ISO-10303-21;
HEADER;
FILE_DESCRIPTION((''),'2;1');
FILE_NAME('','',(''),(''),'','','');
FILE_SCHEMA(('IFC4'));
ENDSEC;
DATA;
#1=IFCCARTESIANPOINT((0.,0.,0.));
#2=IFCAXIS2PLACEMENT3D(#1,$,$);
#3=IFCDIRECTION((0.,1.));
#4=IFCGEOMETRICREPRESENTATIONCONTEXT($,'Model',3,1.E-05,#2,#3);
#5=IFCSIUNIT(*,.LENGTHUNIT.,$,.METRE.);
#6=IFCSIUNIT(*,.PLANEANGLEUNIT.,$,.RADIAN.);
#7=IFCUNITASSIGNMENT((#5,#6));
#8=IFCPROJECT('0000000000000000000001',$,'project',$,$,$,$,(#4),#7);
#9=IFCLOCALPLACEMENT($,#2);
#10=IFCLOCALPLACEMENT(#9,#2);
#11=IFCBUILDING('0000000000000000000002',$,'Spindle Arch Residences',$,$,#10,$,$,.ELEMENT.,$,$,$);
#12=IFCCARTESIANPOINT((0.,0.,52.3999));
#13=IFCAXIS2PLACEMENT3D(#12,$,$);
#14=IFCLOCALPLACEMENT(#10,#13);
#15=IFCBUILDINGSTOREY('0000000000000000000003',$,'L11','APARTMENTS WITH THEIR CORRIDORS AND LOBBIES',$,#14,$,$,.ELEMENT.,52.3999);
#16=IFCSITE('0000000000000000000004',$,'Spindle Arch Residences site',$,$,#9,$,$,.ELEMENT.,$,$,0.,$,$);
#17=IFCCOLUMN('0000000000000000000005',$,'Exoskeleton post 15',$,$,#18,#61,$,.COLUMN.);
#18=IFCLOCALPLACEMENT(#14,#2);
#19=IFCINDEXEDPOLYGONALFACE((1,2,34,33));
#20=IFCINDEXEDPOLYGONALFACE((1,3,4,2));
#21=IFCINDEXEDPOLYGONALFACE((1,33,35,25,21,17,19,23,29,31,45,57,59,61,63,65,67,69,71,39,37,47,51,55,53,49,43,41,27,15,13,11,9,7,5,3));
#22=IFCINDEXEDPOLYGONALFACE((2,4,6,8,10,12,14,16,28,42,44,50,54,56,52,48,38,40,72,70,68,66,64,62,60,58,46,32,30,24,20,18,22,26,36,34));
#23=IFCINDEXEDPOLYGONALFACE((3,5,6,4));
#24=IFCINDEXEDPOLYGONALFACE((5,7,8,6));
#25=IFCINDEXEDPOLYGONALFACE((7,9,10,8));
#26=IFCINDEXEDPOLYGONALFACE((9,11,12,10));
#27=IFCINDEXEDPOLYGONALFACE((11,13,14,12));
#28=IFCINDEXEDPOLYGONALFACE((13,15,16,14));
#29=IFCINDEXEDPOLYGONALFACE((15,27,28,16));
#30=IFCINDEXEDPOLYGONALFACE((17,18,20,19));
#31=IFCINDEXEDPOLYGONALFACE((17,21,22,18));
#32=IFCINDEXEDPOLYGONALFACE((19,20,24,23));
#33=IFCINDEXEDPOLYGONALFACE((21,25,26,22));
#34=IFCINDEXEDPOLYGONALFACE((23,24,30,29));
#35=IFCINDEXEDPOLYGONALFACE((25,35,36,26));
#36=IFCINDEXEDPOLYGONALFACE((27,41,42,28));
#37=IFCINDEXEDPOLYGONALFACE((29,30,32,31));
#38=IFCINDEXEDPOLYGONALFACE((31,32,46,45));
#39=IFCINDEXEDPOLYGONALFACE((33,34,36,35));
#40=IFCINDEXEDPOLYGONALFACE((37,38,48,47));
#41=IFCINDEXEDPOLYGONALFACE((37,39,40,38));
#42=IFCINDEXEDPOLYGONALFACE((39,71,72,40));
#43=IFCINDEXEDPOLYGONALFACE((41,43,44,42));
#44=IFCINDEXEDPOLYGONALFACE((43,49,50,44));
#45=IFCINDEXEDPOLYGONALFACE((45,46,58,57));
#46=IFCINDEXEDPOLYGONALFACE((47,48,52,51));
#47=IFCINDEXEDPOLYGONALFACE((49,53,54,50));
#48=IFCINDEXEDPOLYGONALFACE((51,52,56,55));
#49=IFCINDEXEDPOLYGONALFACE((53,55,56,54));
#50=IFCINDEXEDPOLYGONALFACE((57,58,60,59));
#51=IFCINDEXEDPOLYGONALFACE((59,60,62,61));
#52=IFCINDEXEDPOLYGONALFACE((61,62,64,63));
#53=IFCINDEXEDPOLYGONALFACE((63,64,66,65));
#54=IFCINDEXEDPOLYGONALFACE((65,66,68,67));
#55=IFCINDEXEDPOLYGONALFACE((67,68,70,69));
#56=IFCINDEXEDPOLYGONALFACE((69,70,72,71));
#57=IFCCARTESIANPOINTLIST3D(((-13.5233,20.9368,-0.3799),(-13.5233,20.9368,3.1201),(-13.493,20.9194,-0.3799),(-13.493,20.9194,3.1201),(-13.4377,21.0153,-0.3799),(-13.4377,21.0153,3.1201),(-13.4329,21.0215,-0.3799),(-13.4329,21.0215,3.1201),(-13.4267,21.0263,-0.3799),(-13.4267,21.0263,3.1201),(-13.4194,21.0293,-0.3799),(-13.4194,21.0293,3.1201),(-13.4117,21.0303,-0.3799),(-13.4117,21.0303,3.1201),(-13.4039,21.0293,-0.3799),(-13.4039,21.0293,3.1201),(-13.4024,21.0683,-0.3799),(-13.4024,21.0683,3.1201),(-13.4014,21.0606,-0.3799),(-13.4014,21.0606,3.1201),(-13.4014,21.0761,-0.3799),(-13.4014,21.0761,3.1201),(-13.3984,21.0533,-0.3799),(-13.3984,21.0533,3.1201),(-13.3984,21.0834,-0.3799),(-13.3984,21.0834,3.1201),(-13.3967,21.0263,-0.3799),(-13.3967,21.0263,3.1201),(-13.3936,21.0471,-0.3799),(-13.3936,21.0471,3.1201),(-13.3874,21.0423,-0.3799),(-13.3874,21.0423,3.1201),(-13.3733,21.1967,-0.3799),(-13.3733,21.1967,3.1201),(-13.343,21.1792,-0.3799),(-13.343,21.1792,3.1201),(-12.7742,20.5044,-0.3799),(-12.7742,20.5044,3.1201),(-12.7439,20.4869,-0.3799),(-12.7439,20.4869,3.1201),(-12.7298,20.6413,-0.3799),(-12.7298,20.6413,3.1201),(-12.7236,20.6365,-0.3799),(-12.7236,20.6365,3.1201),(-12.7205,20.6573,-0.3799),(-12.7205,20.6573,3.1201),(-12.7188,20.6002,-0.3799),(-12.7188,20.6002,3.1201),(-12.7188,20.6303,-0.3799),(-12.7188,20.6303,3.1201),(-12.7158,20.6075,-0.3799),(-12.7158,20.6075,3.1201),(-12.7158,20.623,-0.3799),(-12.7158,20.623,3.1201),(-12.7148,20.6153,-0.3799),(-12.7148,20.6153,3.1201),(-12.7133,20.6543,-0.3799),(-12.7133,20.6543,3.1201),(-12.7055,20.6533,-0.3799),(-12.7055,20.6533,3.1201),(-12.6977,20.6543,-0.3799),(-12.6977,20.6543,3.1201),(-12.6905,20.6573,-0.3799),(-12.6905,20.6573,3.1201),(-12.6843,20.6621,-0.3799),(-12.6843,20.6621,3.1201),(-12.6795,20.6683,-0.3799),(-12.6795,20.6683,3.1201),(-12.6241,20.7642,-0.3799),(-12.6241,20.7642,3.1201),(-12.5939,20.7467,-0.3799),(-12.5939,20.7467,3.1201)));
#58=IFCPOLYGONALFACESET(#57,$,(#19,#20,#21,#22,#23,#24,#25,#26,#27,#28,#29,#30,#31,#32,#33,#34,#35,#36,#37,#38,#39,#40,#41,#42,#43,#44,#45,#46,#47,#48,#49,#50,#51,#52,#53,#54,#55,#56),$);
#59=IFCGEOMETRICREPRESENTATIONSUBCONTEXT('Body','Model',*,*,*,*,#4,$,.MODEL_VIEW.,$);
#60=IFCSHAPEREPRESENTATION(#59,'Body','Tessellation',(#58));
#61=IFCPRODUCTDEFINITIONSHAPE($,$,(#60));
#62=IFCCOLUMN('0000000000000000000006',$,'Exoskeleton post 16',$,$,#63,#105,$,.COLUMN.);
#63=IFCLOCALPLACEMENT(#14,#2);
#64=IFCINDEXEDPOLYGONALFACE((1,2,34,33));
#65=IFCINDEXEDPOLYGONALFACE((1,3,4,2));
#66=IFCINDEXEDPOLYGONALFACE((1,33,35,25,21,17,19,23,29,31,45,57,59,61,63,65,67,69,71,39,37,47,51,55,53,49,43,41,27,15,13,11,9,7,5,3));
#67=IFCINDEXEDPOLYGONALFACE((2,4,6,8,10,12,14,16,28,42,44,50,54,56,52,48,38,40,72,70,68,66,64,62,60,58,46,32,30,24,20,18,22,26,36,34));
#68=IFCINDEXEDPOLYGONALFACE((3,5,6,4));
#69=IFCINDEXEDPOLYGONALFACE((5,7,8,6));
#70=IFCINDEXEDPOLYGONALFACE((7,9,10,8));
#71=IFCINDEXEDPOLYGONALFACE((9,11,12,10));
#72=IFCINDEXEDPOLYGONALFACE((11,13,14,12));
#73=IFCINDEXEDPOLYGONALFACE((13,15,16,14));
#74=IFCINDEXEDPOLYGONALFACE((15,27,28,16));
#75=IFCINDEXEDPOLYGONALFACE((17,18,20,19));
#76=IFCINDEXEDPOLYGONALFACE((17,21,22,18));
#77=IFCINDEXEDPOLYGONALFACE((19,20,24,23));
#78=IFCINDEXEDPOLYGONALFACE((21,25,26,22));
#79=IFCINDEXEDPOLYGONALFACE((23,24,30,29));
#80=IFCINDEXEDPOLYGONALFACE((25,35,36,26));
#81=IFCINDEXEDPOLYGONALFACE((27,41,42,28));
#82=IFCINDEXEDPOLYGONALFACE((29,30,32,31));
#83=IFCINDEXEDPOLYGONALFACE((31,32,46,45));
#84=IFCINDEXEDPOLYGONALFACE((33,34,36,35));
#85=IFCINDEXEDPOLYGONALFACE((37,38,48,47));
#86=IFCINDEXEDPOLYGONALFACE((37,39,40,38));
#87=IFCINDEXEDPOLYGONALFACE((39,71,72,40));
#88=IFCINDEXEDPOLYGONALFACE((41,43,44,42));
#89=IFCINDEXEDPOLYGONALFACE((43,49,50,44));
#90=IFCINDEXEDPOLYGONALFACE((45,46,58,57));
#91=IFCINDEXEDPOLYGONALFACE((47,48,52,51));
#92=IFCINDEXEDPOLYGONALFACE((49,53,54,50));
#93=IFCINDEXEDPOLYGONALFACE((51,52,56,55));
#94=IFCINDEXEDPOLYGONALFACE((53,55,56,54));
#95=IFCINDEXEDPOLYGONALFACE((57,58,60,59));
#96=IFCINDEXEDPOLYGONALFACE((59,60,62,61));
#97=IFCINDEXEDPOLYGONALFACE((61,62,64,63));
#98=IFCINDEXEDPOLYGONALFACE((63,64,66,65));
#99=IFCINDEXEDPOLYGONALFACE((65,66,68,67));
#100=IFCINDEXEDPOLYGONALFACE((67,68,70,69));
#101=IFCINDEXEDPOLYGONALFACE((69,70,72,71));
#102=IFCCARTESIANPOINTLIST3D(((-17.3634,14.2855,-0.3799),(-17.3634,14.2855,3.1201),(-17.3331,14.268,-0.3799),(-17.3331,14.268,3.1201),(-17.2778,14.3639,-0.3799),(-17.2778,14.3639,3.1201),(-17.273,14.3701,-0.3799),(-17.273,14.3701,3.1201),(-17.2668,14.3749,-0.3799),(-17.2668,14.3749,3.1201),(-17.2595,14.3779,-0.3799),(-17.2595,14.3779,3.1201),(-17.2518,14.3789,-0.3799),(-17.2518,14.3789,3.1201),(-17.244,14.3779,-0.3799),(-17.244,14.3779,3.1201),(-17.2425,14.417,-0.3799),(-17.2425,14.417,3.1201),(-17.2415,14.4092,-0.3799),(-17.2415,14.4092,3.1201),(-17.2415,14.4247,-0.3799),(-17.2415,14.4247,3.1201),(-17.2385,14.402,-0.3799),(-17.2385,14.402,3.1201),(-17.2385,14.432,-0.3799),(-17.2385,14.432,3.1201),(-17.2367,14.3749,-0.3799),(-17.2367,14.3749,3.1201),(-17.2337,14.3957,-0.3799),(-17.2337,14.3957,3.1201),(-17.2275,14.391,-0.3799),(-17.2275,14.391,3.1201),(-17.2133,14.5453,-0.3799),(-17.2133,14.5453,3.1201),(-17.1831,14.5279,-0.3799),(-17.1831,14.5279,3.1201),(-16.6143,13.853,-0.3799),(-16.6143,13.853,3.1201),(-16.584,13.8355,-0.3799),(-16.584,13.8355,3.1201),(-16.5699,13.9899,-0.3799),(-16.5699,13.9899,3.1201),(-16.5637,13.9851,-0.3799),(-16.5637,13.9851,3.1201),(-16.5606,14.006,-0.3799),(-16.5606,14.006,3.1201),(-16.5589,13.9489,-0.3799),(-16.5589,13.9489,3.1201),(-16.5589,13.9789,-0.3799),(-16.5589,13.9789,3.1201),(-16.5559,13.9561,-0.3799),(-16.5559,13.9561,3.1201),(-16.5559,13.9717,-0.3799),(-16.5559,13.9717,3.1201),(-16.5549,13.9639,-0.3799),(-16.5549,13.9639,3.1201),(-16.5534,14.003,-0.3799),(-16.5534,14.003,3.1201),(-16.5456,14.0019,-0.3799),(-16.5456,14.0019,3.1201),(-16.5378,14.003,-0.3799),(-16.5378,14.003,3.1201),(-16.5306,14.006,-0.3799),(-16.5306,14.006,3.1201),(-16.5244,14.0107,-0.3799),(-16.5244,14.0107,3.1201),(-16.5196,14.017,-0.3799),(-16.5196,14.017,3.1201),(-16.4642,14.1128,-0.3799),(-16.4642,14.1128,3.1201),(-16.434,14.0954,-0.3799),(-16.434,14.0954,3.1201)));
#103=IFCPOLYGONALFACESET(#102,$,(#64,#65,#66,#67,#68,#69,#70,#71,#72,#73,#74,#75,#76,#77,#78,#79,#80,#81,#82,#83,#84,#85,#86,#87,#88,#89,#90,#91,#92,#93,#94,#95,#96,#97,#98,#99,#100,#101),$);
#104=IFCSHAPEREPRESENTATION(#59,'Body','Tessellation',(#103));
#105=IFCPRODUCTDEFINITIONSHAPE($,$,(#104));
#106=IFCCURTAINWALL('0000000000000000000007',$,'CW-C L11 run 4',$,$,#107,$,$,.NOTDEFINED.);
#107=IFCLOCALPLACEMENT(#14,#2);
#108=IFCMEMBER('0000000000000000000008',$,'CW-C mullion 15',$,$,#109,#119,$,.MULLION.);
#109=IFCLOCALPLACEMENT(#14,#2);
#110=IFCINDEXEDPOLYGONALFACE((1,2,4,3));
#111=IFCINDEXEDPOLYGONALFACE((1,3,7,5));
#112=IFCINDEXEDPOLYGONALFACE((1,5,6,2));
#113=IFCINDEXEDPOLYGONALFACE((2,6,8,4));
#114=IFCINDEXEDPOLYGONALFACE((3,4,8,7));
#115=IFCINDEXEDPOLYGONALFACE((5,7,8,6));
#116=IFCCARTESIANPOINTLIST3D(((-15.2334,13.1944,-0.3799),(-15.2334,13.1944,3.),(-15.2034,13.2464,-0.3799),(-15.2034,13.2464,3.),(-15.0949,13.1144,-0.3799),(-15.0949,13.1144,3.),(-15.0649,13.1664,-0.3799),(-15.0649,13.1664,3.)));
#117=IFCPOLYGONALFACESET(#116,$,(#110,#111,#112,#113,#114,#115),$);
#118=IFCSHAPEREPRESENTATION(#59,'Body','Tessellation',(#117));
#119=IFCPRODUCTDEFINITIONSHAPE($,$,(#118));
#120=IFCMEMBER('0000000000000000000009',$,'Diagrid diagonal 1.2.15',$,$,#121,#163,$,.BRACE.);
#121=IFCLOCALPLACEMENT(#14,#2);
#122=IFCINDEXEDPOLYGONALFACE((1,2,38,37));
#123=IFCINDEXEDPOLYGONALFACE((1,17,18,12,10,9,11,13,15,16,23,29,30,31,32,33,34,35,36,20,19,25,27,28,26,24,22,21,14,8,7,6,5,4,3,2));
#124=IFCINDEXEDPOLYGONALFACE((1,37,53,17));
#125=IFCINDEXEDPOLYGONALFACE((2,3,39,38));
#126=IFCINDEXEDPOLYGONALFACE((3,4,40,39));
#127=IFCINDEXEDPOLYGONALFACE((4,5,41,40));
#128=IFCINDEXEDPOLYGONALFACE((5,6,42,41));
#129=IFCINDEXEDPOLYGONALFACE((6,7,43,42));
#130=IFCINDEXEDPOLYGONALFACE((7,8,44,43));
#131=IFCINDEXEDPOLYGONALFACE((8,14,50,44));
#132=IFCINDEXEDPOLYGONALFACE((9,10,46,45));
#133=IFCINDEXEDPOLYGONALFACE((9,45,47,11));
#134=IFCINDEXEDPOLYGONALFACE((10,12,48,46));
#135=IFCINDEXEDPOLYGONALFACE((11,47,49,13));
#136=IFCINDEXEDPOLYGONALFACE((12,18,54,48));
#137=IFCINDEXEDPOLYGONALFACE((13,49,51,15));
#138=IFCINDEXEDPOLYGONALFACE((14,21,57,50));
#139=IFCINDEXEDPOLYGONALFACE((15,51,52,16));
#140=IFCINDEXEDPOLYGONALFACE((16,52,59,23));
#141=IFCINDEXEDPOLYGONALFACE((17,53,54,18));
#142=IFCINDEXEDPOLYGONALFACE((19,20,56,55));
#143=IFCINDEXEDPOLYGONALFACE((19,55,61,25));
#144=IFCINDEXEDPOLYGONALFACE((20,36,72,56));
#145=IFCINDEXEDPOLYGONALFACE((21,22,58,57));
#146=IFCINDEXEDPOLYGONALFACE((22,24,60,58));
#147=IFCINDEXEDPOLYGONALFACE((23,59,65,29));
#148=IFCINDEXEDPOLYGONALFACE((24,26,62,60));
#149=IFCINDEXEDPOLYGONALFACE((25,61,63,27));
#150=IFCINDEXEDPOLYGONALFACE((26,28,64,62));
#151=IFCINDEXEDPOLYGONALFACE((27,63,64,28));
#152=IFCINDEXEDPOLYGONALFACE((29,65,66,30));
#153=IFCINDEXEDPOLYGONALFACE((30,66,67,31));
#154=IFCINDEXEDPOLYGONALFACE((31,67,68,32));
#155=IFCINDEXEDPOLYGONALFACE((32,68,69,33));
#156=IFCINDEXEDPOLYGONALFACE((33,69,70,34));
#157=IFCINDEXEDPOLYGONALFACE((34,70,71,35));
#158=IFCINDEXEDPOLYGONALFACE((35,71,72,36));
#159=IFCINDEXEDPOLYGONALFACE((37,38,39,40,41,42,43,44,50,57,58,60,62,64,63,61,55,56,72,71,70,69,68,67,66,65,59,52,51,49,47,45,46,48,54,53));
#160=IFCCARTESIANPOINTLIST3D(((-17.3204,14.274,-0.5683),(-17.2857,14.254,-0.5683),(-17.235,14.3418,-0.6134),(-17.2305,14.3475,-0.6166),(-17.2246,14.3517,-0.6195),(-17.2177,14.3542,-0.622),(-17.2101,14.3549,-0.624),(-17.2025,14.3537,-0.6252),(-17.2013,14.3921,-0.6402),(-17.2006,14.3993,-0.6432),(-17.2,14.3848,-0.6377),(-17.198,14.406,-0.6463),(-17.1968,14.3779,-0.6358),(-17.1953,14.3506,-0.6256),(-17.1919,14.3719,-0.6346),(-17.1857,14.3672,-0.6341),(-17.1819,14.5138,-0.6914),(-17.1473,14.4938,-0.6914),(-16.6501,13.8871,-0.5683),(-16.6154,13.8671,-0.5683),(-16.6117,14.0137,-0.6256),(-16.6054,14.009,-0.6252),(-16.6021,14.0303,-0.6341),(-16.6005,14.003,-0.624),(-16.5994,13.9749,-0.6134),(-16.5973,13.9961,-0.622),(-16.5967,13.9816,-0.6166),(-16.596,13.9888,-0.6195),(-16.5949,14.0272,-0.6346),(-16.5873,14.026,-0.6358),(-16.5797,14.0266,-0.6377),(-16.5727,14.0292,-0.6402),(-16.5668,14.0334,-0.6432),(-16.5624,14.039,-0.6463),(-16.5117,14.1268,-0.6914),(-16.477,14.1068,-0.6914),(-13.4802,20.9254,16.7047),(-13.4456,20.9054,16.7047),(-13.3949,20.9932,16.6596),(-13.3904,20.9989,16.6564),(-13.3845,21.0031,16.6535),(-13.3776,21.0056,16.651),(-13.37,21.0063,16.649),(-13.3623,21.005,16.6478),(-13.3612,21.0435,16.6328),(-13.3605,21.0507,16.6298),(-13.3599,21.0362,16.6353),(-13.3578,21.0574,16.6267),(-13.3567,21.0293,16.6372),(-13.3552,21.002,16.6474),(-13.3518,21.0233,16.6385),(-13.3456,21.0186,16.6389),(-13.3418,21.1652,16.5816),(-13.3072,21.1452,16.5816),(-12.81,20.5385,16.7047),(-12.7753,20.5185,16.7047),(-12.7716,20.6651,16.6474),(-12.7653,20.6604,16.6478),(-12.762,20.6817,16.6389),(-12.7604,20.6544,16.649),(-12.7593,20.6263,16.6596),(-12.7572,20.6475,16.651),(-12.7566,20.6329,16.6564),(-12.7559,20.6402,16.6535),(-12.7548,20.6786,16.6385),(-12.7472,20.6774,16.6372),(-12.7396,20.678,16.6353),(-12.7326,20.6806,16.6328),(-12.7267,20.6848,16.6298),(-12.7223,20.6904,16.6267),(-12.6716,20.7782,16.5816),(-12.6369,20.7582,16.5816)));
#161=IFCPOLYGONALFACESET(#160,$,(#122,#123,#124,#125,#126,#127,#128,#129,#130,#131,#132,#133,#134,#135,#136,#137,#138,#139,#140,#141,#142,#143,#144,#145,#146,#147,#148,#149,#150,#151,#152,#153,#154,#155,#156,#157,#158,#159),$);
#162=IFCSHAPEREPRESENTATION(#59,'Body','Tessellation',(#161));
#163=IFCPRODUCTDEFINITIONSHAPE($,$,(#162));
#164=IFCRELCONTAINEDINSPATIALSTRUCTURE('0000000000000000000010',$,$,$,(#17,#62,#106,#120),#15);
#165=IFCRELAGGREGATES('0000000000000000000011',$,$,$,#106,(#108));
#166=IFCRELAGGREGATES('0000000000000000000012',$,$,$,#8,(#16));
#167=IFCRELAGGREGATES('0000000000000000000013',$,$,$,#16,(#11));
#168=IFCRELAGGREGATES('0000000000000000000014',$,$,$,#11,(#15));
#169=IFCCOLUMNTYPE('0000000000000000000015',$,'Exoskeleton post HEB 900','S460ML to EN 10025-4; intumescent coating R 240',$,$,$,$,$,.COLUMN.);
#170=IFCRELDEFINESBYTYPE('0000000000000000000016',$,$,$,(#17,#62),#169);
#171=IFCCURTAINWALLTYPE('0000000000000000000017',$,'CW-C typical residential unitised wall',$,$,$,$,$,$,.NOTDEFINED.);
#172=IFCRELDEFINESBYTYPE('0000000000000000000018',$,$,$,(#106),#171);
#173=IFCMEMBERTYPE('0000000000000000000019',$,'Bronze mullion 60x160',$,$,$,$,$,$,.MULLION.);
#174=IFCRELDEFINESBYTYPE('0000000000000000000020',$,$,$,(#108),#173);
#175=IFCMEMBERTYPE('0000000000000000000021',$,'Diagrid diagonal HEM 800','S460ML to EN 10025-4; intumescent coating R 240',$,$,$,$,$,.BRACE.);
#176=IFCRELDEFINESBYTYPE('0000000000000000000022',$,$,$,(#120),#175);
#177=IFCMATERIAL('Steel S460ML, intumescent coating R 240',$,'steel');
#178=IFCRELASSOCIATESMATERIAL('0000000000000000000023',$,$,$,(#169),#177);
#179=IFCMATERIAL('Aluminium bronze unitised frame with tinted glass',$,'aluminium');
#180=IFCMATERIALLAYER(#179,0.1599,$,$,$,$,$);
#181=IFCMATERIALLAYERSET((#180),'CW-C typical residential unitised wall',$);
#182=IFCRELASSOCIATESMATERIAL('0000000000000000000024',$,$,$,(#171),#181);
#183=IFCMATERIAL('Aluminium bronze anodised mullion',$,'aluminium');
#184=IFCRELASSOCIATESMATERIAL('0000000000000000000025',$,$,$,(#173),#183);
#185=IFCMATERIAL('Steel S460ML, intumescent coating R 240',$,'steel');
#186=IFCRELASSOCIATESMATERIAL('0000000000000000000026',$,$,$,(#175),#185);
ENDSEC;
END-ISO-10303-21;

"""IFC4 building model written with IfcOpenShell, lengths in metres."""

from ifc_helpers import new_model, si_unit, direction, frame, origin, origin_2d, place, context, subcontext, project, spatial, rectangle, i_section, extrude, material, layer, layer_set, material_profile, profile_set, type_object, element, aggregate, save


model = new_model("IFC4")

# Units and contexts
model_context = context("Model", 3, precision=1e-05, world=origin(), true_north=direction((0.0, 1.0)))
body_context = subcontext(model_context, "Body", "Model", "MODEL_VIEW")
ifc_project = project(units=[si_unit("LENGTHUNIT", "METRE"), si_unit("PLANEANGLEUNIT", "RADIAN")], contexts=[model_context])

# Site, building, storey
site_placement = place(None, origin())
site = spatial("IfcSite", under=ifc_project, at=site_placement, Name="Spindle Arch Residences site", CompositionType="ELEMENT", RefElevation=0.0)
building_placement = place(site_placement, origin())
building = spatial("IfcBuilding", under=site, at=building_placement, Name="Spindle Arch Residences", CompositionType="ELEMENT")
storey_placement = place(building_placement, frame((0.0, 0.0, 52.3999)))
storey = spatial("IfcBuildingStorey", under=building, at=storey_placement, Name="L11", Description="APARTMENTS WITH THEIR CORRIDORS AND LOBBIES", CompositionType="ELEMENT", Elevation=52.3999)

# Columns
ifc_material_1 = material(Name="Steel S460ML, intumescent coating R 240", Category="steel")
ifc_material_profile_1 = material_profile(ifc_material_1, i_section(OverallWidth=0.3, OverallDepth=0.8999, WebThickness=0.0186, FlangeThickness=0.0349, FilletRadius=0.03, at=origin_2d()), Name="HEB 900")
ifc_profile_set_1 = profile_set([ifc_material_profile_1], Name="Steel S460ML, intumescent coating R 240")
column_type = type_object("IfcColumnType", Name="Exoskeleton post HEB 900", Description="S460ML to EN 10025-4; intumescent coating R 240", PredefinedType="COLUMN", material=ifc_profile_set_1)
for number, where, z_axis, x_axis, name in (
    (1, (-13.0586, 20.8418, -0.3799), (0.0, 0.0, 1.0), (0.5, 0.866025, 0.0), "Exoskeleton post 15"),
    (2, (-16.8987, 14.1904, -0.3799), (0.0, 0.0, 1.0), (0.5, 0.866025, 0.0), "Exoskeleton post 16"),
):
    element("IfcColumn", number, at=place(storey_placement, frame(where, z_axis=z_axis, x_axis=x_axis)), inside=storey, type_object=column_type, Name=name, PredefinedType="COLUMN", context=body_context, shape_type="SweptSolid", body=[
        extrude(i_section(OverallWidth=0.3, OverallDepth=0.8999, WebThickness=0.0186, FlangeThickness=0.0349, FilletRadius=0.03, at=origin_2d()), origin(), (0.0, 0.0, 1.0), 3.5),
    ])

# Curtain wall, member
ifc_material_2 = material(Name="Aluminium bronze unitised frame with tinted glass", Category="aluminium")
ifc_layer_1 = layer(ifc_material_2, 0.1599)
ifc_layer_set_1 = layer_set([ifc_layer_1], Name="CW-C typical residential unitised wall")
curtain_wall_type = type_object("IfcCurtainWallType", Name="CW-C typical residential unitised wall", PredefinedType="NOTDEFINED", material=ifc_layer_set_1)
curtain_wall_placement = place(storey_placement, origin())
curtain_wall = element("IfcCurtainWall", 3, at=curtain_wall_placement, inside=storey, type_object=curtain_wall_type, Name="CW-C L11 run 4", PredefinedType="NOTDEFINED")
ifc_material_3 = material(Name="Aluminium bronze anodised mullion", Category="aluminium")
ifc_material_profile_2 = material_profile(ifc_material_3, rectangle(XDim=0.1599, YDim=0.0601, at=origin_2d()), Name="MU 60x160")
ifc_profile_set_2 = profile_set([ifc_material_profile_2], Name="Aluminium bronze anodised mullion")
member_type_1 = type_object("IfcMemberType", Name="Bronze mullion 60x160", PredefinedType="MULLION", material=ifc_profile_set_2)
member_1_placement = place(storey_placement, frame((-15.1492, 13.1804, -0.3799), z_axis=(0.0, 0.0, 1.0), x_axis=(0.866025, -0.5, 0.0)))
member_1 = element("IfcMember", 4, at=member_1_placement, type_object=member_type_1, Name="CW-C mullion 15", PredefinedType="MULLION", context=body_context, shape_type="SweptSolid", body=[
    extrude(rectangle(XDim=0.1599, YDim=0.0601, at=origin_2d()), origin(), (0.0, 0.0, 1.0), 3.3799),
])

# Member
ifc_material_4 = material(Name="Steel S460ML, intumescent coating R 240", Category="steel")
ifc_material_profile_3 = material_profile(ifc_material_4, i_section(OverallWidth=0.303, OverallDepth=0.814, WebThickness=0.021, FlangeThickness=0.04, FilletRadius=0.03, at=origin_2d()), Name="HEM 800")
ifc_profile_set_3 = profile_set([ifc_material_profile_3], Name="Steel S460ML, intumescent coating R 240")
member_type_2 = type_object("IfcMemberType", Name="Diagrid diagonal HEM 800", Description="S460ML to EN 10025-4; intumescent coating R 240", PredefinedType="BRACE", material=ifc_profile_set_3)
member_2_placement = place(storey_placement, frame((-16.8987, 14.1904, -0.6299), z_axis=(0.203142, 0.351859, 0.913744), x_axis=(-0.456865, -0.79133, 0.40629)))
element("IfcMember", 5, at=member_2_placement, inside=storey, type_object=member_type_2, Name="Diagrid diagonal 1.2.15", PredefinedType="BRACE", context=body_context, shape_type="SweptSolid", body=[
    extrude(i_section(OverallWidth=0.303, OverallDepth=0.814, WebThickness=0.021, FlangeThickness=0.04, FilletRadius=0.03, at=origin_2d()), origin(), (0.0, 0.0, 1.0), 18.9036),
])

aggregate(curtain_wall, [member_1])

save(model, "model.ifc")
